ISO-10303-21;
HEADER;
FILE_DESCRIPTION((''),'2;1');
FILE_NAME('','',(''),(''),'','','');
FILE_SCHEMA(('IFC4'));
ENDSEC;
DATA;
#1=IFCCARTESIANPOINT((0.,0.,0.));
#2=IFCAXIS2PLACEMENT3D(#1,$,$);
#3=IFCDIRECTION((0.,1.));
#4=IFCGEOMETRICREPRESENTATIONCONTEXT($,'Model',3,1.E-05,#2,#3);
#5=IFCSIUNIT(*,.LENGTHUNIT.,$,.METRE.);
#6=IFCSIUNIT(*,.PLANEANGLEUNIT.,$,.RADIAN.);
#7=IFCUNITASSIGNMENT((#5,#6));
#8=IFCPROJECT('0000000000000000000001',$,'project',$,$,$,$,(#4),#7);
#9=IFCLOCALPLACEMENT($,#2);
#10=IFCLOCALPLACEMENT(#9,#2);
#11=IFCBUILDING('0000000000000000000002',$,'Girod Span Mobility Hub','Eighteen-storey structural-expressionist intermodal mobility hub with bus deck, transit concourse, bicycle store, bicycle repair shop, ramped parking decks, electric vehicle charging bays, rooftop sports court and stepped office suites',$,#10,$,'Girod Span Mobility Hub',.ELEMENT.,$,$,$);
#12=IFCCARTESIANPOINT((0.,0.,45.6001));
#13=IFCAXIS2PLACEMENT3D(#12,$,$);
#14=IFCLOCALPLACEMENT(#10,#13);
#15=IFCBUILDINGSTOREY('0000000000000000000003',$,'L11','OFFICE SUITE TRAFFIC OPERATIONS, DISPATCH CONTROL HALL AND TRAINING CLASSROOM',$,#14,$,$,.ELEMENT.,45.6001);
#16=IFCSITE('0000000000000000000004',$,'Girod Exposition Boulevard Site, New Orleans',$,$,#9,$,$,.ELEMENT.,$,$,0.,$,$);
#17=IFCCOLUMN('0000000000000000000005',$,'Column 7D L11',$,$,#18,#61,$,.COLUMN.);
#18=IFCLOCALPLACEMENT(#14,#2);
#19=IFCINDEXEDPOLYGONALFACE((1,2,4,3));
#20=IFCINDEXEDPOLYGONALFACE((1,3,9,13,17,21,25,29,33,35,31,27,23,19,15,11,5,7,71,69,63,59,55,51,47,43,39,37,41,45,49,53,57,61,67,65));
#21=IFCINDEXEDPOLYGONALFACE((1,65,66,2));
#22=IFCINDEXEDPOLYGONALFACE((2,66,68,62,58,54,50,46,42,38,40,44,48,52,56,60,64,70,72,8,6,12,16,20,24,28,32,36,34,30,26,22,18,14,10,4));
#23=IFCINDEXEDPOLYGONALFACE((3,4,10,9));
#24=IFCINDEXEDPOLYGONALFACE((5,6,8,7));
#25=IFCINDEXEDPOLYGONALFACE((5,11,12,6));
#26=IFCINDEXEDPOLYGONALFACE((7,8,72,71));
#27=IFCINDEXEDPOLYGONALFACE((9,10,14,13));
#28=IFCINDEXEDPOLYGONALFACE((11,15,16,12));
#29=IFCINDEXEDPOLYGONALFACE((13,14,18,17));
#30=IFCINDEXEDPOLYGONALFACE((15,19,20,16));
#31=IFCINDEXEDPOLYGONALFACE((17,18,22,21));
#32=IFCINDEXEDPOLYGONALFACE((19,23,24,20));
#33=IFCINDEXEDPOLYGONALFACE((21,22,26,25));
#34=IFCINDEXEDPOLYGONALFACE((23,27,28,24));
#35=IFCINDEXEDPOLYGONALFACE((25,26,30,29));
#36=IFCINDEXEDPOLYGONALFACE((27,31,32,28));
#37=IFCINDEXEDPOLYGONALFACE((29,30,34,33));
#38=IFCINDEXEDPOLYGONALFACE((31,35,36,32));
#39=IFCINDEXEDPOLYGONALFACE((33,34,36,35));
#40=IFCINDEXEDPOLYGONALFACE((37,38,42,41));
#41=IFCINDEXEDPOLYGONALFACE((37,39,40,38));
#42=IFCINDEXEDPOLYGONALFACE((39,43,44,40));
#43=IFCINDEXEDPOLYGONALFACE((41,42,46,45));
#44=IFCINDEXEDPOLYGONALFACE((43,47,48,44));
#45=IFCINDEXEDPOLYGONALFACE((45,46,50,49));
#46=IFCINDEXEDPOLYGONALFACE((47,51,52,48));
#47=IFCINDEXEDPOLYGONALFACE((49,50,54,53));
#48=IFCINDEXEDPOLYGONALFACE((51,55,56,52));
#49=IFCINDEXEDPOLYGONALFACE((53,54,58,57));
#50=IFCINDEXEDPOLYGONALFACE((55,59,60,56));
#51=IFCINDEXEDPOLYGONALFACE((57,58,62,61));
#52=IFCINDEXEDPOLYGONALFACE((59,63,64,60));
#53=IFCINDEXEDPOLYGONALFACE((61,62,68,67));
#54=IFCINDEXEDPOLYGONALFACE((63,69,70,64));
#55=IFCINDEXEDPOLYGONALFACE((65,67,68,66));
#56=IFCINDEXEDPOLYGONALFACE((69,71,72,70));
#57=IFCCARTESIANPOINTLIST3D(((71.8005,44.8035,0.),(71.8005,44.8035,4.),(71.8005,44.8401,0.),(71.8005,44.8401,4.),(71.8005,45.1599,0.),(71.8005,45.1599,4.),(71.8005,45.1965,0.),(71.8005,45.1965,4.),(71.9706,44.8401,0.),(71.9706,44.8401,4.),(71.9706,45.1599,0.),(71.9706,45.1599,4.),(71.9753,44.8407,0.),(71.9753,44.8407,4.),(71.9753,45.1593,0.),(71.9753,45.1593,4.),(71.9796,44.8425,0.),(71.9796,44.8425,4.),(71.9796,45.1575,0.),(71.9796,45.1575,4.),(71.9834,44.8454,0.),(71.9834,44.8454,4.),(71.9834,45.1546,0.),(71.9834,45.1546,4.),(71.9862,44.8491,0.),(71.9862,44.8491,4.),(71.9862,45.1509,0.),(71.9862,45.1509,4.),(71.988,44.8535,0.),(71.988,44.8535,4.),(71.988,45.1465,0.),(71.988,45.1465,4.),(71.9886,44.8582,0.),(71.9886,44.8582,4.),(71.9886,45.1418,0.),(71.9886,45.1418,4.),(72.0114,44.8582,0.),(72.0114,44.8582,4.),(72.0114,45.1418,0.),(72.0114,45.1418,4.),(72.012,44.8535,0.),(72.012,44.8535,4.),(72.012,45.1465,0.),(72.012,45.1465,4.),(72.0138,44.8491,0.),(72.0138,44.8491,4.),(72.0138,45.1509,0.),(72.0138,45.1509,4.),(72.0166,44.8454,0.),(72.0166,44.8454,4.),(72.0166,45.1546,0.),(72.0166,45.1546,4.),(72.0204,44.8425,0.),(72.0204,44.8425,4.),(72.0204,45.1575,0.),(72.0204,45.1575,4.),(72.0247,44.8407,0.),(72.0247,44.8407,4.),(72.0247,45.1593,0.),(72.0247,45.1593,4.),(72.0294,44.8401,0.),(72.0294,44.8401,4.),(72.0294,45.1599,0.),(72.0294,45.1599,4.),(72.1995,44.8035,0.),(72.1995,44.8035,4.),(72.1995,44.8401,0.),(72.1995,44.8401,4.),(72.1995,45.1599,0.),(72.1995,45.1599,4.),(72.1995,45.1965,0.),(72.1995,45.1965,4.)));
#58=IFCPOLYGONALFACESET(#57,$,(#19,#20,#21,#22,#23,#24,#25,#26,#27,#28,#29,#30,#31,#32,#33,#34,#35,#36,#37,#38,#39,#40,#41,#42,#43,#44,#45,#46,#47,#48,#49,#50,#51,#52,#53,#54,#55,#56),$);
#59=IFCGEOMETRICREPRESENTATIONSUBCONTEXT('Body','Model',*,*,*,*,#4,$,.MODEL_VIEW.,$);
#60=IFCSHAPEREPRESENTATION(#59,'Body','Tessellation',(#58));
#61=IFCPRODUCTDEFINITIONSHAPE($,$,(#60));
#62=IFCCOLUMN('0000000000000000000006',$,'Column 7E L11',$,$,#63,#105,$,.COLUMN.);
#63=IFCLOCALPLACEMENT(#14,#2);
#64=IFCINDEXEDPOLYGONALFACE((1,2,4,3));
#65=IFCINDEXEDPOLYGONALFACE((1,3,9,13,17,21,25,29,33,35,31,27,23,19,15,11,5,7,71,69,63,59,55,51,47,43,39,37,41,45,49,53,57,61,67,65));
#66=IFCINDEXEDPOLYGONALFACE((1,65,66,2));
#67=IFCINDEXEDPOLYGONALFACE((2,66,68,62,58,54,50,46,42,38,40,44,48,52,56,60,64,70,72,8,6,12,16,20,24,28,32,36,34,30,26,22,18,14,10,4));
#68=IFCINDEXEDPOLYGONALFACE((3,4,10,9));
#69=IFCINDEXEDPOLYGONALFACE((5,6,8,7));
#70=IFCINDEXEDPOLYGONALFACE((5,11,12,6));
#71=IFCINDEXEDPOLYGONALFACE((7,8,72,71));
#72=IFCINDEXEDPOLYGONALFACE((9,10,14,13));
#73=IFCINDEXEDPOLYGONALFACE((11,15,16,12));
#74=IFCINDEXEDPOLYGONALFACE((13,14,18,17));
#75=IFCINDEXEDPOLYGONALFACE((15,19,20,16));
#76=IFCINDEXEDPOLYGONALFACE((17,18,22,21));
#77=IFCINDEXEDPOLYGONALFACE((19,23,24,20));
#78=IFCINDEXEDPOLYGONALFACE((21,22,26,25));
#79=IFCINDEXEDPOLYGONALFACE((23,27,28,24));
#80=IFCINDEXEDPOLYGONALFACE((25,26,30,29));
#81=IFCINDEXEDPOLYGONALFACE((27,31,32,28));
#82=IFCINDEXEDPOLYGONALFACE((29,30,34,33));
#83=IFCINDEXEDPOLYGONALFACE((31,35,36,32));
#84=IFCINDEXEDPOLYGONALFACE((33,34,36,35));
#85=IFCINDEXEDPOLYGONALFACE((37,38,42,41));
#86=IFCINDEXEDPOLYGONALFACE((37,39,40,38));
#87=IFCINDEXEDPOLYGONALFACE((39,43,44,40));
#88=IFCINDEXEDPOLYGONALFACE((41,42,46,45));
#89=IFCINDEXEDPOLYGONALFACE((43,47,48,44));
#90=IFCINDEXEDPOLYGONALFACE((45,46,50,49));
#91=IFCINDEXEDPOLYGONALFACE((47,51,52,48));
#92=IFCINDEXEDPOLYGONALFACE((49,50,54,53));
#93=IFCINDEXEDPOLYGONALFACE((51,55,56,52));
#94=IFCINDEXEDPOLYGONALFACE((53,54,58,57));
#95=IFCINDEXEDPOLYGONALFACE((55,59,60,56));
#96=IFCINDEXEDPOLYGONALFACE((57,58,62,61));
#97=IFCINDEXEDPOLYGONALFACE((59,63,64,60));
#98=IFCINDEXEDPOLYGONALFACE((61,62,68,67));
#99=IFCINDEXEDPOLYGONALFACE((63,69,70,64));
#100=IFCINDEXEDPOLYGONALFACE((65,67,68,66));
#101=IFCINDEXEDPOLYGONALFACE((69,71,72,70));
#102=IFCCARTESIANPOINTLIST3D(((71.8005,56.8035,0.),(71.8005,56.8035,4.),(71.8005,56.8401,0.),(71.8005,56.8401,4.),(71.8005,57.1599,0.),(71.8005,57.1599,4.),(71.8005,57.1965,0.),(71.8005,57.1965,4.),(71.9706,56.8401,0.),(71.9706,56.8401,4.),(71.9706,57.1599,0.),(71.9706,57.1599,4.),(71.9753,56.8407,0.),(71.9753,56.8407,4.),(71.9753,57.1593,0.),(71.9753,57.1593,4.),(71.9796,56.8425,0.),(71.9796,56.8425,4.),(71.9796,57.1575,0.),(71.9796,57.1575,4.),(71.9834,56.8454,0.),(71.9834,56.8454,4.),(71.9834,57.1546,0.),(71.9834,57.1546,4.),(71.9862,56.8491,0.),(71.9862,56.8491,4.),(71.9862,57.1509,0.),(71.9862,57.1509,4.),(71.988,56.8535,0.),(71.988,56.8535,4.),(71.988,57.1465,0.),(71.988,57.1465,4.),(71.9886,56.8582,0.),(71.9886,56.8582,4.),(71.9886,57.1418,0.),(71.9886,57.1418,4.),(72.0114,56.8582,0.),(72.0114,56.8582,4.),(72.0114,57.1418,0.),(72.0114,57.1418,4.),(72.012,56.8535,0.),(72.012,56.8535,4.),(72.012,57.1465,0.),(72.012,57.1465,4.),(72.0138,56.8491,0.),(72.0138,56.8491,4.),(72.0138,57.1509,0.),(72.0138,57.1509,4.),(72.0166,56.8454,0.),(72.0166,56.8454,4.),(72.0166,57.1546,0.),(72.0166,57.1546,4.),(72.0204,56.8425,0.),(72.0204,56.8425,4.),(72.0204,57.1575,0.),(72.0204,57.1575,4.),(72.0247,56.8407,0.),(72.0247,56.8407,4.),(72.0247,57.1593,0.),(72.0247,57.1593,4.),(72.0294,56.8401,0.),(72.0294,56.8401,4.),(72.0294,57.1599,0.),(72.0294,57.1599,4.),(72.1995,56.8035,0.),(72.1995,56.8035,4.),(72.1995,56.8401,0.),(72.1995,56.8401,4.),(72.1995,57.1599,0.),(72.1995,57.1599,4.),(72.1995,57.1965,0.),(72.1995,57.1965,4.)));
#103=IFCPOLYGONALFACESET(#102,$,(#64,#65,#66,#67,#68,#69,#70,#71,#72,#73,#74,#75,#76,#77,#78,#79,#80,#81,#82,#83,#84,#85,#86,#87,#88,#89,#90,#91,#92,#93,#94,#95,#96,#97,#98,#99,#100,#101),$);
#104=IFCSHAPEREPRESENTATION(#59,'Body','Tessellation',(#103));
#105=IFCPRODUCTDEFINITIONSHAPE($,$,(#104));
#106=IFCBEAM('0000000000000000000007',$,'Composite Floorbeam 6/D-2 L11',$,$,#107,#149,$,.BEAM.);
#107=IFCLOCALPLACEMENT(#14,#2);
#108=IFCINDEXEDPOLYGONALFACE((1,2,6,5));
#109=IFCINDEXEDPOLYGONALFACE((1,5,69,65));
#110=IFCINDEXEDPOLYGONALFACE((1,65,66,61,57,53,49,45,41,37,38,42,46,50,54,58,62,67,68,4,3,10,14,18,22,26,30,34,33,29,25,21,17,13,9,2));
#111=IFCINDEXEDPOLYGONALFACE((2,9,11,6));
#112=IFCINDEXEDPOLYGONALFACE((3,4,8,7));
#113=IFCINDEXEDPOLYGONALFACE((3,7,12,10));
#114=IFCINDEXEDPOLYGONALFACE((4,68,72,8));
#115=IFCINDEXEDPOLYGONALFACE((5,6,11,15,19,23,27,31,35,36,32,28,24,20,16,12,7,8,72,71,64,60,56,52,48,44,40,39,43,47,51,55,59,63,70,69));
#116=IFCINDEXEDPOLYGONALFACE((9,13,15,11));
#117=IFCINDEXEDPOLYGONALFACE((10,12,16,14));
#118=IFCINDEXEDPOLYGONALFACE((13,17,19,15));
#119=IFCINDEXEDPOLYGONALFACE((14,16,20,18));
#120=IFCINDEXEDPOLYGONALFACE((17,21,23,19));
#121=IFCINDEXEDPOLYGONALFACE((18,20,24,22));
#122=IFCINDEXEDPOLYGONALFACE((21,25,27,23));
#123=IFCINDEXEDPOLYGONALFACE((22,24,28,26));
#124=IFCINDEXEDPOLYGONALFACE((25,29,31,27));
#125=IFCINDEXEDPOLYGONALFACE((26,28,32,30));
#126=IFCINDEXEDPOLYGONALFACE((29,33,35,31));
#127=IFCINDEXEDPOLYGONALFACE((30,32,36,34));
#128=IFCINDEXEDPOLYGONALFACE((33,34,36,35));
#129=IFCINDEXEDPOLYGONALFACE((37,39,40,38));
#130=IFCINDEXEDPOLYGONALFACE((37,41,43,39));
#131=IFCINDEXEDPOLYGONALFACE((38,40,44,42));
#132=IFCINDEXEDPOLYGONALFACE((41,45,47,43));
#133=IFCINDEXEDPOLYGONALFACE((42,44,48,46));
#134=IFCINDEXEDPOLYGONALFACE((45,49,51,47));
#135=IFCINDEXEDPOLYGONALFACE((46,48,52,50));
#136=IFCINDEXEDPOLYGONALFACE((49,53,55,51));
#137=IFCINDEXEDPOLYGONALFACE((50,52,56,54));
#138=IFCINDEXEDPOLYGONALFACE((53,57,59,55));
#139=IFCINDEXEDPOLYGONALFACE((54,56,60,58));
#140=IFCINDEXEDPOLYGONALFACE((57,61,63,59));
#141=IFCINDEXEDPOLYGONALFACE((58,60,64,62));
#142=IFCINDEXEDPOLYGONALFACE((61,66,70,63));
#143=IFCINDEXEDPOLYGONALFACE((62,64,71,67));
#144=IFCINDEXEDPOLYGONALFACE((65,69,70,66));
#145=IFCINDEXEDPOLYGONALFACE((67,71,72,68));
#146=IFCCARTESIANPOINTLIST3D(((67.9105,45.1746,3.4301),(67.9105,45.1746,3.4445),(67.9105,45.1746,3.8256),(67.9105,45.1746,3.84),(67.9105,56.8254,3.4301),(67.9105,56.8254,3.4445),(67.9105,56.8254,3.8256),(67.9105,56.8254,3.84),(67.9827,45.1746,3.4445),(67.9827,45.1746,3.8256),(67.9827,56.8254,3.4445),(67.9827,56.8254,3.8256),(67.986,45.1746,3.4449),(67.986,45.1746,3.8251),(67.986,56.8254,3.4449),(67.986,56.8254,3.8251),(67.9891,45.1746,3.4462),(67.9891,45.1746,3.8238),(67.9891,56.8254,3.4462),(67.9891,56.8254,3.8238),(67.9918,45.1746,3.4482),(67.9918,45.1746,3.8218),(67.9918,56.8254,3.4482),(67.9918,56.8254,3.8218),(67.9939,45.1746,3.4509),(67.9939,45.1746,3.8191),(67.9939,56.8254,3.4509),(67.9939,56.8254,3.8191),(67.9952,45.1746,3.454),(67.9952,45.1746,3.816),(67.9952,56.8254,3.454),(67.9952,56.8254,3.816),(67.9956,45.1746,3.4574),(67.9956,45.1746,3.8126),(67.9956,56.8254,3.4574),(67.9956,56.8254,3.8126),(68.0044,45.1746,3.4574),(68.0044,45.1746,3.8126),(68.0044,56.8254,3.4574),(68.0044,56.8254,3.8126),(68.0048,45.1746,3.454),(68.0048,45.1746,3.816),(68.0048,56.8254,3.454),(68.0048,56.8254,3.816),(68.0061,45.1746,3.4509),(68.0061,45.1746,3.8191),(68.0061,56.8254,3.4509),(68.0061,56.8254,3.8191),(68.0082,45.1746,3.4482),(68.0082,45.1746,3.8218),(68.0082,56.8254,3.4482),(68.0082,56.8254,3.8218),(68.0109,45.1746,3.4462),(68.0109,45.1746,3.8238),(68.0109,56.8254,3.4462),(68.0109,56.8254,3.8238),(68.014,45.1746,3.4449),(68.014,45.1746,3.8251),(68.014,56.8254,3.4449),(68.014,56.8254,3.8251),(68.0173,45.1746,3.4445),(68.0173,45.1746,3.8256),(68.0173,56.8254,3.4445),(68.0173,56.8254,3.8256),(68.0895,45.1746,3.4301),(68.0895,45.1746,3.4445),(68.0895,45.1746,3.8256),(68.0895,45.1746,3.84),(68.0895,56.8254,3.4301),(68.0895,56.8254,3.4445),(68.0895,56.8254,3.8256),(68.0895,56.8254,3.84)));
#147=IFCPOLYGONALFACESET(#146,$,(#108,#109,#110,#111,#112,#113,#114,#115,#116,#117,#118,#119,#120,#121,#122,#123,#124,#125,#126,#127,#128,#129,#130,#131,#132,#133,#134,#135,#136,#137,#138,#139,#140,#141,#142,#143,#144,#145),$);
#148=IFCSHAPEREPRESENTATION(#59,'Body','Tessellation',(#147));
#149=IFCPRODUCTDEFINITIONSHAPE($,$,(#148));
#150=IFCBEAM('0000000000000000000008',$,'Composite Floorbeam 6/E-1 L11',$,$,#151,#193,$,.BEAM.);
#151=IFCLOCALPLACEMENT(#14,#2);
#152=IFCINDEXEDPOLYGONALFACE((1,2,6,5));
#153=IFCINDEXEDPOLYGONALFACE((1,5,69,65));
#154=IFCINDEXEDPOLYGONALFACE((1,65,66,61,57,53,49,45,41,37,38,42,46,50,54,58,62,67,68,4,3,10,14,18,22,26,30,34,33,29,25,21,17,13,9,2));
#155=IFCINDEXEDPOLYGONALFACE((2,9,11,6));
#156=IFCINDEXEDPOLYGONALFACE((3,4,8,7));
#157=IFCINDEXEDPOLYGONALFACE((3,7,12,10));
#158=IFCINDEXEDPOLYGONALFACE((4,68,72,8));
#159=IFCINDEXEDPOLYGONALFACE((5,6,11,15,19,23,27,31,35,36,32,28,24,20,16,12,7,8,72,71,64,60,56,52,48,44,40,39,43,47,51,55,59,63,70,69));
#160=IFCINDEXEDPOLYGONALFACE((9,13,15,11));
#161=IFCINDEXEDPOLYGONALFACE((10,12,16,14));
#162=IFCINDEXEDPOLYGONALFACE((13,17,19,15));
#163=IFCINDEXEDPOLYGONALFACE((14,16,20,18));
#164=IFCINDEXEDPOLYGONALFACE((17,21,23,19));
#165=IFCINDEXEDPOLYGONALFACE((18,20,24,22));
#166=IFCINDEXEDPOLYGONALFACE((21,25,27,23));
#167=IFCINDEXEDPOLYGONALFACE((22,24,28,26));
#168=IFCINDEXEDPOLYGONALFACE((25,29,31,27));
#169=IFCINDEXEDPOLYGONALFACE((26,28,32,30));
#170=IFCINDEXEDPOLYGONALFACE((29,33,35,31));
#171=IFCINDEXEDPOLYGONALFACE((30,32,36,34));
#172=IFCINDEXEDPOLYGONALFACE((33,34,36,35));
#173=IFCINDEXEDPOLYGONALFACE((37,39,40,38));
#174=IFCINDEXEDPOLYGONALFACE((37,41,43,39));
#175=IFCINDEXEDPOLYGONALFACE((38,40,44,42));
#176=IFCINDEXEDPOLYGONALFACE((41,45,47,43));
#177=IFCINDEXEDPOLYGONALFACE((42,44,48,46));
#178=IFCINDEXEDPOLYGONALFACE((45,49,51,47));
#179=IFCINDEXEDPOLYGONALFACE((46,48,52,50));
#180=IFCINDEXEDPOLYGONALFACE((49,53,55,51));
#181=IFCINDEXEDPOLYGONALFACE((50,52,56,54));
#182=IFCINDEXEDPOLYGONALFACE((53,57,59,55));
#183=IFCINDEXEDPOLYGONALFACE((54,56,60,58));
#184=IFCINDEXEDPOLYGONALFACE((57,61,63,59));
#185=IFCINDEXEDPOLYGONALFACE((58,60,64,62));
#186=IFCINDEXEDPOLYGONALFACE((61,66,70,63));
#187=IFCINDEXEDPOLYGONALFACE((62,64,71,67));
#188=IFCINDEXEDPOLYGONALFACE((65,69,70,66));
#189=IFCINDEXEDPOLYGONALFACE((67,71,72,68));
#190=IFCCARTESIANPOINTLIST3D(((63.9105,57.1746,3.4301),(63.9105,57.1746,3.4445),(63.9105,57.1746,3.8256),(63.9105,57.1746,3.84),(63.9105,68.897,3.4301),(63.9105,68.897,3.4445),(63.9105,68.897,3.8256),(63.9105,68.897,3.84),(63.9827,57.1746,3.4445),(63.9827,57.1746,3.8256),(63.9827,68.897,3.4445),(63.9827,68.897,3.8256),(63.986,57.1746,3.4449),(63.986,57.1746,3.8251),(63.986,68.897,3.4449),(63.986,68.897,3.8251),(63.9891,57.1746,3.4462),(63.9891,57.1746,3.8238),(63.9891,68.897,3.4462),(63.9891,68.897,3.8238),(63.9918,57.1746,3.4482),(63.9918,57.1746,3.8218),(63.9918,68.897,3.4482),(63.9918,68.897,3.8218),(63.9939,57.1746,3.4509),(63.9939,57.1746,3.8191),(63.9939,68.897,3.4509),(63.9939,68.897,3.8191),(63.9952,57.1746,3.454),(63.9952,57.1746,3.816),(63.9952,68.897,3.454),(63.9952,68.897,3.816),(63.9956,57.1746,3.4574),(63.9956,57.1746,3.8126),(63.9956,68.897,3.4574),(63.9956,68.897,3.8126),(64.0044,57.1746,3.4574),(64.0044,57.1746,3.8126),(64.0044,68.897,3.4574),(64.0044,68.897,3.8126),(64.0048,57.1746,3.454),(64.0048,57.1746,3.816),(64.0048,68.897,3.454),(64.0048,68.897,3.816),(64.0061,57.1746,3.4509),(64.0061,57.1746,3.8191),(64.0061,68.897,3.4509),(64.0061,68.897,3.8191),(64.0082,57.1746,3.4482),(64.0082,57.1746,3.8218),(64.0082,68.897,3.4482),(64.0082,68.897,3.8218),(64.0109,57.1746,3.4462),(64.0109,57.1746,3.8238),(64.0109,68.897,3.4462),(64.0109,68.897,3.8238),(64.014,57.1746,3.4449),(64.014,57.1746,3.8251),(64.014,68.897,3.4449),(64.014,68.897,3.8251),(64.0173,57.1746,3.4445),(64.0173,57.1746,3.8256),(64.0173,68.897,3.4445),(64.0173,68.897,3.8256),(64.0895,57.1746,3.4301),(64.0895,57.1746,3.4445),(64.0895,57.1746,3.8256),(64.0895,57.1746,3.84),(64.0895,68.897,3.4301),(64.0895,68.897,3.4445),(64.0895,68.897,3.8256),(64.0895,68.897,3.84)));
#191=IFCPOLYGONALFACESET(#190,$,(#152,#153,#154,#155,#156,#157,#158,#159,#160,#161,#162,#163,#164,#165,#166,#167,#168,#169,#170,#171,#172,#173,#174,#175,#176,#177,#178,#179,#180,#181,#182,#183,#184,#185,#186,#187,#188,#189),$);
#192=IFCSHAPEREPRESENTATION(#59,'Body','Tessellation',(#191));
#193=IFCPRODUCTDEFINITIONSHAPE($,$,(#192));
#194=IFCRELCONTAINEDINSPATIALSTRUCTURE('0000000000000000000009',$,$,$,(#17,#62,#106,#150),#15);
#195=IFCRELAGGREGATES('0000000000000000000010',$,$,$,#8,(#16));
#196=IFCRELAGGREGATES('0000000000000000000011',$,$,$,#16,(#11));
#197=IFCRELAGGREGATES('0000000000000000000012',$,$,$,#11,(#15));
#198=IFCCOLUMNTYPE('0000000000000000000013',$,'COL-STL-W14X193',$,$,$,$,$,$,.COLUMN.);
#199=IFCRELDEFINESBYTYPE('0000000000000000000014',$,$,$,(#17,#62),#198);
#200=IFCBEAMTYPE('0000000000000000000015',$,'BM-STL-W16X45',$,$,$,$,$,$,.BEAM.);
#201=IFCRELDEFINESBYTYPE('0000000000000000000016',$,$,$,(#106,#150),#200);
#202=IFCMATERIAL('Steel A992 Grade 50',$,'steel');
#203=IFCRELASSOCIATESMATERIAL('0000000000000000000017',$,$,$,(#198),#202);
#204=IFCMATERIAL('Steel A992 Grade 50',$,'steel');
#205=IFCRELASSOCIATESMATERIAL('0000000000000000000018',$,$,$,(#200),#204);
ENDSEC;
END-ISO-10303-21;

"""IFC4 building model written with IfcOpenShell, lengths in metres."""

from ifc_helpers import new_model, si_unit, direction, frame, origin, origin_2d, place, context, subcontext, project, spatial, i_section, extrude, material, material_profile, profile_set, type_object, element, save


model = new_model("IFC4")

# Units and contexts
model_context = context("Model", 3, precision=1e-05, world=origin(), true_north=direction((0.0, 1.0)))
body_context = subcontext(model_context, "Body", "Model", "MODEL_VIEW")
ifc_project = project(units=[si_unit("LENGTHUNIT", "METRE"), si_unit("PLANEANGLEUNIT", "RADIAN")], contexts=[model_context])

# Site, building, storey
site_placement = place(None, origin())
site = spatial("IfcSite", under=ifc_project, at=site_placement, Name="Girod Exposition Boulevard Site, New Orleans", CompositionType="ELEMENT", RefElevation=0.0)
building_placement = place(site_placement, origin())
building = spatial("IfcBuilding", under=site, at=building_placement, Name="Girod Span Mobility Hub", Description="Eighteen-storey structural-expressionist intermodal mobility hub with bus deck, transit concourse, bicycle store, bicycle repair shop, ramped parking decks, electric vehicle charging bays, rooftop sports court and stepped office suites", LongName="Girod Span Mobility Hub", CompositionType="ELEMENT")
storey_placement = place(building_placement, frame((0.0, 0.0, 45.6001)))
storey = spatial("IfcBuildingStorey", under=building, at=storey_placement, Name="L11", Description="OFFICE SUITE TRAFFIC OPERATIONS, DISPATCH CONTROL HALL AND TRAINING CLASSROOM", CompositionType="ELEMENT", Elevation=45.6001)

# Columns
ifc_material_1 = material(Name="Steel A992 Grade 50", Category="steel")
ifc_material_profile_1 = material_profile(ifc_material_1, i_section(OverallWidth=0.3989, OverallDepth=0.3931, WebThickness=0.0227, FlangeThickness=0.0366, FilletRadius=0.0181, at=origin_2d()), Name="W14X193")
ifc_profile_set_1 = profile_set([ifc_material_profile_1], Name="Steel A992 Grade 50")
column_type = type_object("IfcColumnType", Name="COL-STL-W14X193", PredefinedType="COLUMN", material=ifc_profile_set_1)
for number, where, z_axis, x_axis, name in (
    (1, (72.0, 45.0, 0.0), (0.0, 0.0, 1.0), (1.0, 0.0, 0.0), "Column 7D L11"),
    (2, (72.0, 57.0, 0.0), (0.0, 0.0, 1.0), (1.0, 0.0, 0.0), "Column 7E L11"),
):
    element("IfcColumn", number, at=place(storey_placement, frame(where, z_axis=z_axis, x_axis=x_axis)), inside=storey, type_object=column_type, Name=name, PredefinedType="COLUMN", context=body_context, shape_type="SweptSolid", body=[
        extrude(i_section(OverallWidth=0.3989, OverallDepth=0.3931, WebThickness=0.0227, FlangeThickness=0.0366, FilletRadius=0.0181, at=origin_2d()), origin(), (0.0, 0.0, 1.0), 4.0),
    ])

# Beams
ifc_material_2 = material(Name="Steel A992 Grade 50", Category="steel")
ifc_material_profile_2 = material_profile(ifc_material_2, i_section(OverallWidth=0.179, OverallDepth=0.4099, WebThickness=0.0088, FlangeThickness=0.0144, FilletRadius=0.0129, at=origin_2d()), Name="W16X45")
ifc_profile_set_2 = profile_set([ifc_material_profile_2], Name="Steel A992 Grade 50")
beam_type_1 = type_object("IfcBeamType", Name="BM-STL-W16X45", PredefinedType="BEAM", material=ifc_profile_set_2)
beam_1_placement = place(storey_placement, frame((68.0, 45.1746, 3.635), z_axis=(0.0, 1.0, 0.0), x_axis=(-1.0, 0.0, 0.0)))
element("IfcBeam", 3, at=beam_1_placement, inside=storey, type_object=beam_type_1, Name="Composite Floorbeam 6/D-2 L11", PredefinedType="BEAM", context=body_context, shape_type="SweptSolid", body=[
    extrude(i_section(OverallWidth=0.179, OverallDepth=0.4099, WebThickness=0.0088, FlangeThickness=0.0144, FilletRadius=0.0129, at=origin_2d()), origin(), (0.0, 0.0, 1.0), 11.6509),
])
beam_2_placement = place(storey_placement, frame((64.0, 57.1746, 3.635), z_axis=(0.0, 1.0, 0.0), x_axis=(-1.0, 0.0, 0.0)))
element("IfcBeam", 4, at=beam_2_placement, inside=storey, type_object=beam_type_1, Name="Composite Floorbeam 6/E-1 L11", PredefinedType="BEAM", context=body_context, shape_type="SweptSolid", body=[
    extrude(i_section(OverallWidth=0.179, OverallDepth=0.4099, WebThickness=0.0088, FlangeThickness=0.0144, FilletRadius=0.0129, at=origin_2d()), origin(), (0.0, 0.0, 1.0), 11.7224),
])

save(model, "model.ifc")
